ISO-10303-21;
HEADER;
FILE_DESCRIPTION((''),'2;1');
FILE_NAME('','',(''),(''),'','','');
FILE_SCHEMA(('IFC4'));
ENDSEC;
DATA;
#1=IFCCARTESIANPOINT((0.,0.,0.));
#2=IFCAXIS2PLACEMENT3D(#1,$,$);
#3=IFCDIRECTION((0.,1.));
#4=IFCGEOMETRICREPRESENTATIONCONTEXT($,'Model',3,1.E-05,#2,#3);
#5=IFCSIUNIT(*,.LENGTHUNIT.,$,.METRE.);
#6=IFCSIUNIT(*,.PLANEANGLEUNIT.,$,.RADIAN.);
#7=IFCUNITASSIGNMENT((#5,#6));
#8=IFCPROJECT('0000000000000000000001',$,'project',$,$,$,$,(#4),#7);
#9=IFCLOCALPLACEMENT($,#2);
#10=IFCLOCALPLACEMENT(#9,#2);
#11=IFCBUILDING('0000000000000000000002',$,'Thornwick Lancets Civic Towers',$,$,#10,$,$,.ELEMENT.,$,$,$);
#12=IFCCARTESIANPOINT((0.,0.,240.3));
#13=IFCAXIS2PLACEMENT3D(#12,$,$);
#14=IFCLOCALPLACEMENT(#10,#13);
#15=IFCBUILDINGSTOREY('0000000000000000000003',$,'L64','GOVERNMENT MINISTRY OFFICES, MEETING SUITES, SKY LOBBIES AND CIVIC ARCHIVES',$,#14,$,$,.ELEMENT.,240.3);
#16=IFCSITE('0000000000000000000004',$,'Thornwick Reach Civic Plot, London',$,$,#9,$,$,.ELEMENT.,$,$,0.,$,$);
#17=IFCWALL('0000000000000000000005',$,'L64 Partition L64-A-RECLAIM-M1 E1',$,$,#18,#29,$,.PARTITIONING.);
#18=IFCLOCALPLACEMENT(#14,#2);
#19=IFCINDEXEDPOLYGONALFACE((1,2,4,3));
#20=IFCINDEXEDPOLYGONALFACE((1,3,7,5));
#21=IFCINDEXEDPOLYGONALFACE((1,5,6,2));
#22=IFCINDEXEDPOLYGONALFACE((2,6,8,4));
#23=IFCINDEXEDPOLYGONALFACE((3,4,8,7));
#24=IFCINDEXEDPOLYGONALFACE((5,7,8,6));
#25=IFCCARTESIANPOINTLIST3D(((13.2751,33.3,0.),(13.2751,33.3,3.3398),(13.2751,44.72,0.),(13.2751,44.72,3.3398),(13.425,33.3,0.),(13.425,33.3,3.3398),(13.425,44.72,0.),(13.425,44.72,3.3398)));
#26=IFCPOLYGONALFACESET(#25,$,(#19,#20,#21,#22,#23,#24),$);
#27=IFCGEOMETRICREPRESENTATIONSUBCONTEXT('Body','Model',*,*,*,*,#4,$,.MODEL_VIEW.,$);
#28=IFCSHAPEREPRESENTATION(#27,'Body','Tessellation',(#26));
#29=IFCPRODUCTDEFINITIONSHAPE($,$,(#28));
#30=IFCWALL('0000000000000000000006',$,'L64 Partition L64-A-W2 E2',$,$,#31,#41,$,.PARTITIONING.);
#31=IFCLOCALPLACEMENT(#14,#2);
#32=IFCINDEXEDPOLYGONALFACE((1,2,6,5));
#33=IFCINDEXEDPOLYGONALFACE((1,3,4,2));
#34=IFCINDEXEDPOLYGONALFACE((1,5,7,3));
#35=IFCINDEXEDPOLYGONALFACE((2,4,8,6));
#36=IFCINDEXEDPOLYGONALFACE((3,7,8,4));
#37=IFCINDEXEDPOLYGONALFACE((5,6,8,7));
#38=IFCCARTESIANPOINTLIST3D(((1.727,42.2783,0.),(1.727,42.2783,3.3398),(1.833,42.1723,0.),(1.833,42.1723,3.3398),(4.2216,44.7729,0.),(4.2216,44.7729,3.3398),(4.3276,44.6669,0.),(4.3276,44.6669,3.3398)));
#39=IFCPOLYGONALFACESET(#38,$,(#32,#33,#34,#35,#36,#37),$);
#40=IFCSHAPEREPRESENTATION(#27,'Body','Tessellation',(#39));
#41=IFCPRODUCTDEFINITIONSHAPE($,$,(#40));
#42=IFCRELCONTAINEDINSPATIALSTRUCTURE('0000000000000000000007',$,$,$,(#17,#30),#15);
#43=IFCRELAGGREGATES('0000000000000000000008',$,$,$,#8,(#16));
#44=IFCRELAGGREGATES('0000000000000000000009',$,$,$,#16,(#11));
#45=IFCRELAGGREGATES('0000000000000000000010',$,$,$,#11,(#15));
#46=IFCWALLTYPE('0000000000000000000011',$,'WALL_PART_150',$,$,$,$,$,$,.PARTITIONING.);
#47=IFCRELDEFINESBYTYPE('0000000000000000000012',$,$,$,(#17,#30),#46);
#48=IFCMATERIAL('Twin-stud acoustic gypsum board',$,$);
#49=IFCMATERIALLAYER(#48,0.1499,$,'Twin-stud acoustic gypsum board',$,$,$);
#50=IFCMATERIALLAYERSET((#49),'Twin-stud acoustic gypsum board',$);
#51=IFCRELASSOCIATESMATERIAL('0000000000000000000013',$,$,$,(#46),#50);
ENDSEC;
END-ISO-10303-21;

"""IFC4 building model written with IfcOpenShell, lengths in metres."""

from ifc_helpers import new_model, si_unit, direction, frame, frame_2d, origin, place, context, subcontext, project, spatial, rectangle, extrude, material, layer, layer_set, type_object, element, save


model = new_model("IFC4")

# Units and contexts
model_context = context("Model", 3, precision=1e-05, world=origin(), true_north=direction((0.0, 1.0)))
body_context = subcontext(model_context, "Body", "Model", "MODEL_VIEW")
ifc_project = project(units=[si_unit("LENGTHUNIT", "METRE"), si_unit("PLANEANGLEUNIT", "RADIAN")], contexts=[model_context])

# Site, building, storey
site_placement = place(None, origin())
site = spatial("IfcSite", under=ifc_project, at=site_placement, Name="Thornwick Reach Civic Plot, London", CompositionType="ELEMENT", RefElevation=0.0)
building_placement = place(site_placement, origin())
building = spatial("IfcBuilding", under=site, at=building_placement, Name="Thornwick Lancets Civic Towers", CompositionType="ELEMENT")
storey_placement = place(building_placement, frame((0.0, 0.0, 240.3)))
storey = spatial("IfcBuildingStorey", under=building, at=storey_placement, Name="L64", Description="GOVERNMENT MINISTRY OFFICES, MEETING SUITES, SKY LOBBIES AND CIVIC ARCHIVES", CompositionType="ELEMENT", Elevation=240.3)

# Walls
ifc_material_1 = material(Name="Twin-stud acoustic gypsum board")
ifc_layer_1 = layer(ifc_material_1, 0.1499, Name="Twin-stud acoustic gypsum board")
ifc_layer_set_1 = layer_set([ifc_layer_1], Name="Twin-stud acoustic gypsum board")
wall_type_1 = type_object("IfcWallType", Name="WALL_PART_150", PredefinedType="PARTITIONING", material=ifc_layer_set_1)
wall_1_placement = place(storey_placement, frame((13.3501, 33.3, 0.0), z_axis=(0.0, 0.0, 1.0), x_axis=(0.0, 1.0, 0.0)))
element("IfcWall", 1, at=wall_1_placement, inside=storey, type_object=wall_type_1, Name="L64 Partition L64-A-RECLAIM-M1 E1", PredefinedType="PARTITIONING", context=body_context, shape_type="SweptSolid", body=[
    extrude(rectangle(XDim=11.4199, YDim=0.1499, at=frame_2d((5.71, 0.0))), origin(), (0.0, 0.0, 1.0), 3.3398),
])
wall_2_placement = place(storey_placement, frame((1.78, 42.2253, 0.0), z_axis=(0.0, 0.0, 1.0), x_axis=(0.707107, 0.707107, 0.0)))
element("IfcWall", 2, at=wall_2_placement, inside=storey, type_object=wall_type_1, Name="L64 Partition L64-A-W2 E2", PredefinedType="PARTITIONING", context=body_context, shape_type="SweptSolid", body=[
    extrude(rectangle(XDim=3.5278, YDim=0.1499, at=frame_2d((1.7639, 0.0))), origin(), (0.0, 0.0, 1.0), 3.3398),
])

save(model, "model.ifc")
